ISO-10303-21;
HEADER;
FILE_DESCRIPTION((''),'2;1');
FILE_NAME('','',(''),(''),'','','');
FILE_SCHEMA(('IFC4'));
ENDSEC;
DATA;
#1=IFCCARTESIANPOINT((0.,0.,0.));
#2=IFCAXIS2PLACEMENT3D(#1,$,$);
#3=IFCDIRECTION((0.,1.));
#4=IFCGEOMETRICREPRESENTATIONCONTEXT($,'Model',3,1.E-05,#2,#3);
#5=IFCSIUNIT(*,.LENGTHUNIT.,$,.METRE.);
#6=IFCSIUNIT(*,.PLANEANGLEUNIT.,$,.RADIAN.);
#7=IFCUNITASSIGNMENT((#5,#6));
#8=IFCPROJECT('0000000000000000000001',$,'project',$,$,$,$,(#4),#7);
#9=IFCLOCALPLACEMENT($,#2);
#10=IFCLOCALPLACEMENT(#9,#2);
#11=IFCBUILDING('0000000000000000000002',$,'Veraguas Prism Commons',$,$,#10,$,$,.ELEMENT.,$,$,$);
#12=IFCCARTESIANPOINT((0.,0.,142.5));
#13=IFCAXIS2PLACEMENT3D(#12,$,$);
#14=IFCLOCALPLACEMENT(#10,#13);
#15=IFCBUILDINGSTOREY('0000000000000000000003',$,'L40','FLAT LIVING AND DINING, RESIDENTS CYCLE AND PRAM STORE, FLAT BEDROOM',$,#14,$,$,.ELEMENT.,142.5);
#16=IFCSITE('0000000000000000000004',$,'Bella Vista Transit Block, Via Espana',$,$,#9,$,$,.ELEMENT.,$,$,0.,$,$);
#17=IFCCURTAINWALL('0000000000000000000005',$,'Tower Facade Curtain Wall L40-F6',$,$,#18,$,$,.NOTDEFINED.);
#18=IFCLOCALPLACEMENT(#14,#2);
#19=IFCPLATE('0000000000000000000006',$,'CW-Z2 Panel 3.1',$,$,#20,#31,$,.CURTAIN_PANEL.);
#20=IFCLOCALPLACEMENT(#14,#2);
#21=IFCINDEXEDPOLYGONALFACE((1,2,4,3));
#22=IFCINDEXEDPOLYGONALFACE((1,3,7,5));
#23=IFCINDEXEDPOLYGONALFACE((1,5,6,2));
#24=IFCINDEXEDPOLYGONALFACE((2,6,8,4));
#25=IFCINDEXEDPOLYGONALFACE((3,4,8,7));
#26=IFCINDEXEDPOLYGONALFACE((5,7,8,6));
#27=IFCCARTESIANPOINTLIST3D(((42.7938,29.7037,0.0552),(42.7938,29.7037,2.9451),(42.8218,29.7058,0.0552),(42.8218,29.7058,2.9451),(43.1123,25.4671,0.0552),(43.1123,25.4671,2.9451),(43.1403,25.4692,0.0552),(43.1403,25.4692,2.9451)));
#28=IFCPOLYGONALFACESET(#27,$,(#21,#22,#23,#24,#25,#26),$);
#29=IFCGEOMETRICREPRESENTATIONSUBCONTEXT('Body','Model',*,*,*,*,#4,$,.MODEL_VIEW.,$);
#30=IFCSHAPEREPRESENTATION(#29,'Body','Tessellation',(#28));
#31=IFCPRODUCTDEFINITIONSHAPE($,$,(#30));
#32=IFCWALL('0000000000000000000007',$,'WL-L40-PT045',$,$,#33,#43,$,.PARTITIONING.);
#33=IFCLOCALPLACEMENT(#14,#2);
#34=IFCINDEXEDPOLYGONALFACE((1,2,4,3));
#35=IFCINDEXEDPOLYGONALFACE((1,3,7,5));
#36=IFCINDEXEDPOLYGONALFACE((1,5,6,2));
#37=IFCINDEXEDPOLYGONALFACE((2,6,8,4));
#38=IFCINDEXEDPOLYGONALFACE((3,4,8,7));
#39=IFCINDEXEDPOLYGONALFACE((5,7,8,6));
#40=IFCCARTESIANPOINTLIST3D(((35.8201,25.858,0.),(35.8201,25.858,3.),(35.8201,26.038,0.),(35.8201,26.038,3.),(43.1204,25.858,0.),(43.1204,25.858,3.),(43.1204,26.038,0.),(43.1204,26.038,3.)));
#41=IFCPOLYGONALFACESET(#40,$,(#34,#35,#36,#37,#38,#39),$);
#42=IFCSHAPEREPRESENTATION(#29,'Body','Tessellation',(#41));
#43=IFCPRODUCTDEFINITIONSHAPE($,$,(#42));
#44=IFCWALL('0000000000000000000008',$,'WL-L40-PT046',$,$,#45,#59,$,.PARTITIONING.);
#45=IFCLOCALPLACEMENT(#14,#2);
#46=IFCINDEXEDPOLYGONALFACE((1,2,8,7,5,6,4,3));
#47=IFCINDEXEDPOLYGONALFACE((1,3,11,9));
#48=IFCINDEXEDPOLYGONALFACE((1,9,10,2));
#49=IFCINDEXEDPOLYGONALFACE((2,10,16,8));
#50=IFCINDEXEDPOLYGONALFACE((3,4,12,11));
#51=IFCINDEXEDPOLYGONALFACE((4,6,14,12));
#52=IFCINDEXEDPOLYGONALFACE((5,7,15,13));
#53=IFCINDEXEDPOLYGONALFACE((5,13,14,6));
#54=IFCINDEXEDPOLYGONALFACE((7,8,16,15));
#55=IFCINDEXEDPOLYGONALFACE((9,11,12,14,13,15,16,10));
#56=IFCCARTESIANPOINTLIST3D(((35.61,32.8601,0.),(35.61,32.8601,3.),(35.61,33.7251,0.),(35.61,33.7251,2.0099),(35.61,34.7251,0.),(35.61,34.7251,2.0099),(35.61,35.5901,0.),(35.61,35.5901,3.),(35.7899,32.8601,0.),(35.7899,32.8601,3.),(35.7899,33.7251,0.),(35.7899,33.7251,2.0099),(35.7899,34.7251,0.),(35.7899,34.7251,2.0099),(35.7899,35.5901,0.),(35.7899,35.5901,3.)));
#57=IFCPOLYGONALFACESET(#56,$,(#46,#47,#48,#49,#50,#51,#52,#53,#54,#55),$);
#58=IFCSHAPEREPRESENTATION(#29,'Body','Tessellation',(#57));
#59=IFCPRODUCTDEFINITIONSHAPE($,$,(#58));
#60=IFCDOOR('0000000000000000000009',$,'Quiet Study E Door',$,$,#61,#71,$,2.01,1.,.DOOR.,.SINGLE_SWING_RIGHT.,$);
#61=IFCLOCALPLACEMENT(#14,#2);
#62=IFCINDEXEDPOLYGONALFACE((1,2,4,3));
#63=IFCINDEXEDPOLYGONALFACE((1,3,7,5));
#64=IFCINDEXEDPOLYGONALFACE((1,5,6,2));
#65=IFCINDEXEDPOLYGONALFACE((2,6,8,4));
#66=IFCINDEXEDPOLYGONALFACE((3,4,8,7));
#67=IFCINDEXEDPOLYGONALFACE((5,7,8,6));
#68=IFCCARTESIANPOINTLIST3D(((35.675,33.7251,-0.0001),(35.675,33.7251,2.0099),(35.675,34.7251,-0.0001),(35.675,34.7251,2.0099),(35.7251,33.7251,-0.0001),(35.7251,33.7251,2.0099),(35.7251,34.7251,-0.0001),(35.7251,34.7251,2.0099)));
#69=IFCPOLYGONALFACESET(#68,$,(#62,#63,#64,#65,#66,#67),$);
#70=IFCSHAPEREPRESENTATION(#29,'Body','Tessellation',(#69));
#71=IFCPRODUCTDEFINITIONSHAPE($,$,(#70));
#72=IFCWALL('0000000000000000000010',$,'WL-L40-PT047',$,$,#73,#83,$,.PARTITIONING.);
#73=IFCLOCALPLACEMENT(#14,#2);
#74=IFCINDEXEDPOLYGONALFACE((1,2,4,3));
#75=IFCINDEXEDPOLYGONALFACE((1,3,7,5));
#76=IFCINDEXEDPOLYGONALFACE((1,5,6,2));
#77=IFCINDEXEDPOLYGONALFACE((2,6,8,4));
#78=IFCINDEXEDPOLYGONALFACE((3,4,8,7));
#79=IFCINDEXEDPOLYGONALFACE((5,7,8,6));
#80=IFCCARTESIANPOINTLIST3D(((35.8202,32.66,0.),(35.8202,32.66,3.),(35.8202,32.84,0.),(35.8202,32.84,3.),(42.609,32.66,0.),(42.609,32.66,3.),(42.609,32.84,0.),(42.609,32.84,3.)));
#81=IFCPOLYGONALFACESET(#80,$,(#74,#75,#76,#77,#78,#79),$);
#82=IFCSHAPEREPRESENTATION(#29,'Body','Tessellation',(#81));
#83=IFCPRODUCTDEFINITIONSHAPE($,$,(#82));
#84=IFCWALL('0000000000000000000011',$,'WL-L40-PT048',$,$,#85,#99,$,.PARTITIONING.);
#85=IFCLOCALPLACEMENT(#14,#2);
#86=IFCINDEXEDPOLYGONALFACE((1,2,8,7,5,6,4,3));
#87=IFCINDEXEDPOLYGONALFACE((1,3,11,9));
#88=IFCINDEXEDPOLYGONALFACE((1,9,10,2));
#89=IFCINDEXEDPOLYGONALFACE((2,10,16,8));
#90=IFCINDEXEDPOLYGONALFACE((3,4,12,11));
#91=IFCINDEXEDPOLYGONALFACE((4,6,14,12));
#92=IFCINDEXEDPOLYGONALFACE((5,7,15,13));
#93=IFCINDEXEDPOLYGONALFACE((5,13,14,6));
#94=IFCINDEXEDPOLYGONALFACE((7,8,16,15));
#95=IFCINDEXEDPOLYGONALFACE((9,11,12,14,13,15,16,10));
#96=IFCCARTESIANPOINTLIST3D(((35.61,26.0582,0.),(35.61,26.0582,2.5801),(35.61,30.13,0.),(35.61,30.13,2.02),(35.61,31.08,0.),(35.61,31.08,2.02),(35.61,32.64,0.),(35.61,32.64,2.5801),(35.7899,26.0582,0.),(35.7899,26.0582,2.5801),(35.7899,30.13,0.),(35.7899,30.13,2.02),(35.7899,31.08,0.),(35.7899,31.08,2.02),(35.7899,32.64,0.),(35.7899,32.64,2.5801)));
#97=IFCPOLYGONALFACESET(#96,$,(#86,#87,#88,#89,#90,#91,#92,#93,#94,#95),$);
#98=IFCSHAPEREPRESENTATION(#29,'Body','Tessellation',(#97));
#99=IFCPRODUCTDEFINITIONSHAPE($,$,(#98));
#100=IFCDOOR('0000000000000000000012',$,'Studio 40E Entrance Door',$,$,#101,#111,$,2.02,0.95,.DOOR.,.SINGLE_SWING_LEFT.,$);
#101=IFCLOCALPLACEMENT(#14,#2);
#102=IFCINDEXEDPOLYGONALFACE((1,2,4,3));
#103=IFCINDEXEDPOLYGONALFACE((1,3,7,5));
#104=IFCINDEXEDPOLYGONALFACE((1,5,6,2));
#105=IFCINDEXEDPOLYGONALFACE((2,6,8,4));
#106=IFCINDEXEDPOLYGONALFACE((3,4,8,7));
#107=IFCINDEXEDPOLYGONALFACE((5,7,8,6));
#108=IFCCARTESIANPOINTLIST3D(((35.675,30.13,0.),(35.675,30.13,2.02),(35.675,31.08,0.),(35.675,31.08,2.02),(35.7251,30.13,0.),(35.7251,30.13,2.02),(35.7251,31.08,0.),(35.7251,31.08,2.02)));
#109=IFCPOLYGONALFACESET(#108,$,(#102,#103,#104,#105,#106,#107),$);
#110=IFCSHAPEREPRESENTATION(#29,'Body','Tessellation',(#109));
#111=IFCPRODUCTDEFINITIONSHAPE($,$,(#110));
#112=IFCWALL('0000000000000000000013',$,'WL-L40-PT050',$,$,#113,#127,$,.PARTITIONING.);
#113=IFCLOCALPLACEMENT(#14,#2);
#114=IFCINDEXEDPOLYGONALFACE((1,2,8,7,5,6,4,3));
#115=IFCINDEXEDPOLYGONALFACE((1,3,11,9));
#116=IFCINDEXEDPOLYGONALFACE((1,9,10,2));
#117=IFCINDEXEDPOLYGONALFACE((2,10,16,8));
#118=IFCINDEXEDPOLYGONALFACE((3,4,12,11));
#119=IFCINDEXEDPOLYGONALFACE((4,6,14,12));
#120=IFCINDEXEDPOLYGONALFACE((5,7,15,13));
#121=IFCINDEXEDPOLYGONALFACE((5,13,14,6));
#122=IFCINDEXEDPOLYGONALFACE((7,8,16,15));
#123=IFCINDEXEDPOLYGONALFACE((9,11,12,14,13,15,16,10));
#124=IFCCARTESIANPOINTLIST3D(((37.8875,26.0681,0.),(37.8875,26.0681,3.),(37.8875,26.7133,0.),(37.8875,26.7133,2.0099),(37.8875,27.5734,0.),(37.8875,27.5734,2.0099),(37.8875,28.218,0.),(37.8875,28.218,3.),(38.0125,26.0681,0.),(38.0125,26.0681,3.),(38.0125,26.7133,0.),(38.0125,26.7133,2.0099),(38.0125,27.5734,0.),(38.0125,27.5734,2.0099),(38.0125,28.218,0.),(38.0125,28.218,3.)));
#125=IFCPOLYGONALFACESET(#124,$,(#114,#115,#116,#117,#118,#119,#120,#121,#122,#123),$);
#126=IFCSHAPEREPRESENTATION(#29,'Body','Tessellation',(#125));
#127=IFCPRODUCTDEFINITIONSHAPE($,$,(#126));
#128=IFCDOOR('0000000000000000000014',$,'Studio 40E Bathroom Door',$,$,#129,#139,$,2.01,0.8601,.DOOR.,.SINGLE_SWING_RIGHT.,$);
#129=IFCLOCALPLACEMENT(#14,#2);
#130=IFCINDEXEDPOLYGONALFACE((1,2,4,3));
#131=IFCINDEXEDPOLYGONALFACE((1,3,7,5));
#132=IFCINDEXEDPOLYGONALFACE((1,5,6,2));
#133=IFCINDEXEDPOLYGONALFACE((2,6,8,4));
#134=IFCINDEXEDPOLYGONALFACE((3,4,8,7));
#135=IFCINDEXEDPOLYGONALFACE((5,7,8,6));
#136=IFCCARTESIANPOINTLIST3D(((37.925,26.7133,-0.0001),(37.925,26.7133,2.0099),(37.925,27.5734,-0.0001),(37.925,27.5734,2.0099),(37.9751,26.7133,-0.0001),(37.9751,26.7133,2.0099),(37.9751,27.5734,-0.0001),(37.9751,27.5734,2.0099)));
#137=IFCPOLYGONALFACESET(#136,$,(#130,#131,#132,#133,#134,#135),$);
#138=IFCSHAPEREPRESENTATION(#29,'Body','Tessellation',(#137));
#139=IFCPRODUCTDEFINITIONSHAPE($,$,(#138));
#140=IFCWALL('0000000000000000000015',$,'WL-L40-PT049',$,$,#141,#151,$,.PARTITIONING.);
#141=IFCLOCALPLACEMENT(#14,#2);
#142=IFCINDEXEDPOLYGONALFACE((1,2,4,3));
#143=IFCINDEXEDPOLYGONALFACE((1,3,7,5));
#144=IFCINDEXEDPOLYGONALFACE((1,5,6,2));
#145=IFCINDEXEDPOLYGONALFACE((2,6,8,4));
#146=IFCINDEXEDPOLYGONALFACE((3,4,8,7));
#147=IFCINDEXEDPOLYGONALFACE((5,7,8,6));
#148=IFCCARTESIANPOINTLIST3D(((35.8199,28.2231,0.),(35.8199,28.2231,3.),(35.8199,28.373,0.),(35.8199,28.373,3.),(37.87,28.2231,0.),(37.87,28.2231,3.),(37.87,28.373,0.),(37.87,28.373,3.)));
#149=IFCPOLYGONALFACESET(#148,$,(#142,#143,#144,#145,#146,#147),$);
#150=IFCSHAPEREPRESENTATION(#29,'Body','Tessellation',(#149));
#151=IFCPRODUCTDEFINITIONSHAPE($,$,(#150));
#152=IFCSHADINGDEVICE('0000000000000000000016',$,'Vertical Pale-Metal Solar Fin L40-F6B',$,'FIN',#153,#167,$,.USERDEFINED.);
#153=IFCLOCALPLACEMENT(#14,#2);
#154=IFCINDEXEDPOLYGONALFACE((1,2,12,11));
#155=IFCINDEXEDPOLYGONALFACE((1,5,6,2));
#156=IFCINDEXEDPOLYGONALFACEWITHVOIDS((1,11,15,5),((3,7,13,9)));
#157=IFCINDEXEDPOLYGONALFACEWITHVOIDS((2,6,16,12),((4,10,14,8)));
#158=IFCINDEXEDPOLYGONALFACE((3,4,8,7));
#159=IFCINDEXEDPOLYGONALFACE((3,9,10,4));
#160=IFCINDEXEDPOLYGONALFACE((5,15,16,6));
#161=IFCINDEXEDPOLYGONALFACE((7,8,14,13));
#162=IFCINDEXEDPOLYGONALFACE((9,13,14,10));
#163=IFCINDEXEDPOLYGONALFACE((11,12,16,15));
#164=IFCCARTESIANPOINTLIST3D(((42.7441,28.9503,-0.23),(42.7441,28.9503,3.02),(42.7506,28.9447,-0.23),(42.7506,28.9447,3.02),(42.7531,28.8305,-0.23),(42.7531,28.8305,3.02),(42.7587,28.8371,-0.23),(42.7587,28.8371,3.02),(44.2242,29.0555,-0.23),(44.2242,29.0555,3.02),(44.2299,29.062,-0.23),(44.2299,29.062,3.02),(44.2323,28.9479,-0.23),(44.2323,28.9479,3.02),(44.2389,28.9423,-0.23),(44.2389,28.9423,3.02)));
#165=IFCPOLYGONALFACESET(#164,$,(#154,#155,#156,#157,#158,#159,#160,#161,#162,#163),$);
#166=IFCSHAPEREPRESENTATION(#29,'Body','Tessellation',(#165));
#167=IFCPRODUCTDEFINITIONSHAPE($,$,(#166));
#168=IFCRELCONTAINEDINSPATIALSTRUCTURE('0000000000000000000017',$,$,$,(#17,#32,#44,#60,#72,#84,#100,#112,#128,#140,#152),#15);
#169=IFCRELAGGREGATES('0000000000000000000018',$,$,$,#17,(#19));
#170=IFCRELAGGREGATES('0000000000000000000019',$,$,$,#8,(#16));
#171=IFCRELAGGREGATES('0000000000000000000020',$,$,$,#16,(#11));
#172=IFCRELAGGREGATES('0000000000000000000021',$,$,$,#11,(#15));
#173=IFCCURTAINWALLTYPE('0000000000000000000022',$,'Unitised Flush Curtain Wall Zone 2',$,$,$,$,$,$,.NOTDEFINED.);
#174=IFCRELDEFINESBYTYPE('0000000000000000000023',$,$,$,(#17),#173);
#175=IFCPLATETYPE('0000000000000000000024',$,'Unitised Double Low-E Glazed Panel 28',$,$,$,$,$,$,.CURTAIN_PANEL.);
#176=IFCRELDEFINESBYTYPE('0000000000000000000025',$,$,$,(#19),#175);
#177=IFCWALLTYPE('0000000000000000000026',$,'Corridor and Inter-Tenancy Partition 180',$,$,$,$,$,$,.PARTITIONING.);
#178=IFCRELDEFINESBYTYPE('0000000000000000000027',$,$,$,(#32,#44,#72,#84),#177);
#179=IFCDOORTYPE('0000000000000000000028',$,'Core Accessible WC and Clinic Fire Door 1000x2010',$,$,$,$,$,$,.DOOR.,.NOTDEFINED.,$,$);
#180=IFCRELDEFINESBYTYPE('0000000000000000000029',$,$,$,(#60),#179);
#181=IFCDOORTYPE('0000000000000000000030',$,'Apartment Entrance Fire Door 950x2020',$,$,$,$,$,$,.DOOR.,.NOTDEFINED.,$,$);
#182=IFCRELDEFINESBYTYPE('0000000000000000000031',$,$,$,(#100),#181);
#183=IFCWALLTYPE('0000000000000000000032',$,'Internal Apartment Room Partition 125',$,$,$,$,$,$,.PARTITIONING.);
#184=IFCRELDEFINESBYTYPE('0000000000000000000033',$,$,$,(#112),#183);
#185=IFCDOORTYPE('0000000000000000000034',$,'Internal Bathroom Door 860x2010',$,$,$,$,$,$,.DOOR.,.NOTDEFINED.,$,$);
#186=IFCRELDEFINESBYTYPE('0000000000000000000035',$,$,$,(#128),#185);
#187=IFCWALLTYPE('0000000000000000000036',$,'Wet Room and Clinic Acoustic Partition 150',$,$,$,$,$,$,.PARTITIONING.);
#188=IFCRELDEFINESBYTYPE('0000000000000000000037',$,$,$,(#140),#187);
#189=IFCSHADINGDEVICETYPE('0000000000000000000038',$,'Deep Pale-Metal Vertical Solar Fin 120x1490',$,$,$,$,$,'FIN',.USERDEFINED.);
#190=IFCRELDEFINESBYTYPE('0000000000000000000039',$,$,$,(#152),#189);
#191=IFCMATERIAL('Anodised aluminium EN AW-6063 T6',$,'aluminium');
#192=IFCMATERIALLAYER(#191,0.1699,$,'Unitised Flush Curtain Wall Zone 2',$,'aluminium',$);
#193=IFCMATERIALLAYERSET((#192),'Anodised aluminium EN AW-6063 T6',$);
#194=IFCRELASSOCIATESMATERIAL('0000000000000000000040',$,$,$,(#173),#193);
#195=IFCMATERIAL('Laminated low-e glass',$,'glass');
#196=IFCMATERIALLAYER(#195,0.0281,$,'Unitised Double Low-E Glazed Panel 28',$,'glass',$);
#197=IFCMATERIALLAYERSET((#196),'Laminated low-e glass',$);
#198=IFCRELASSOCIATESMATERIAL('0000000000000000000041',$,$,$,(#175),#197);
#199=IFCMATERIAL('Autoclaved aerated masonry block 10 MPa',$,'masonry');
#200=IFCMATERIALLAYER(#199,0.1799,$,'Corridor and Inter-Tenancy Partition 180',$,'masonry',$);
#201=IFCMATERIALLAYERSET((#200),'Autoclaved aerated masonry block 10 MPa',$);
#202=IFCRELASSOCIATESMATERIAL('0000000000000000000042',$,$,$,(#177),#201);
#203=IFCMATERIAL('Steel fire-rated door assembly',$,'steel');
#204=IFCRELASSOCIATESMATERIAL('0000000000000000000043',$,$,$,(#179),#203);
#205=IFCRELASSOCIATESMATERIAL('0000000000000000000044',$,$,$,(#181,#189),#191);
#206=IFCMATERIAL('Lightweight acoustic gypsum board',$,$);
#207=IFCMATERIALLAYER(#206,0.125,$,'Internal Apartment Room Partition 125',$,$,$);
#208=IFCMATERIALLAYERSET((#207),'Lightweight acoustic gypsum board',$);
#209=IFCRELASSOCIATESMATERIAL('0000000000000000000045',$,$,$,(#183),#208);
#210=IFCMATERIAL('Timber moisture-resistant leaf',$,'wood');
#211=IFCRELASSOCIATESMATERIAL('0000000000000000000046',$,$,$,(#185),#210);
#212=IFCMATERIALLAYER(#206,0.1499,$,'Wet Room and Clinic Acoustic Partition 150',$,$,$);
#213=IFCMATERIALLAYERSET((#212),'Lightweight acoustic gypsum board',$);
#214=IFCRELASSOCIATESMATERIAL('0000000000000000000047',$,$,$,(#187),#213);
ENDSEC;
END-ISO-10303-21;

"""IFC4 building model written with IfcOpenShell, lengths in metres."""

from ifc_helpers import new_model, si_unit, direction, frame, frame_2d, origin, origin_2d, place, context, subcontext, project, spatial, rectangle, hollow_rectangle, extrude, source, transform, mapped, material, layer, layer_set, material_profile, profile_set, type_object, element, fill, aggregate, save


model = new_model("IFC4")

# Units and contexts
model_context = context("Model", 3, precision=1e-05, world=origin(), true_north=direction((0.0, 1.0)))
body_context = subcontext(model_context, "Body", "Model", "MODEL_VIEW")
ifc_project = project(units=[si_unit("LENGTHUNIT", "METRE"), si_unit("PLANEANGLEUNIT", "RADIAN")], contexts=[model_context])

# Site, building, storey
site_placement = place(None, origin())
site = spatial("IfcSite", under=ifc_project, at=site_placement, Name="Bella Vista Transit Block, Via Espana", CompositionType="ELEMENT", RefElevation=0.0)
building_placement = place(site_placement, origin())
building = spatial("IfcBuilding", under=site, at=building_placement, Name="Veraguas Prism Commons", CompositionType="ELEMENT")
storey_placement = place(building_placement, frame((0.0, 0.0, 142.5)))
storey = spatial("IfcBuildingStorey", under=building, at=storey_placement, Name="L40", Description="FLAT LIVING AND DINING, RESIDENTS CYCLE AND PRAM STORE, FLAT BEDROOM", CompositionType="ELEMENT", Elevation=142.5)

# Curtain wall, plate
ifc_material_1 = material(Name="Anodised aluminium EN AW-6063 T6", Category="aluminium")
ifc_layer_1 = layer(ifc_material_1, 0.1699, Name="Unitised Flush Curtain Wall Zone 2", Category="aluminium")
ifc_layer_set_1 = layer_set([ifc_layer_1], Name="Anodised aluminium EN AW-6063 T6")
curtain_wall_type = type_object("IfcCurtainWallType", Name="Unitised Flush Curtain Wall Zone 2", PredefinedType="NOTDEFINED", material=ifc_layer_set_1)
curtain_wall_placement = place(storey_placement, origin())
curtain_wall = element("IfcCurtainWall", 1, at=curtain_wall_placement, inside=storey, type_object=curtain_wall_type, Name="Tower Facade Curtain Wall L40-F6", PredefinedType="NOTDEFINED")
ifc_material_2 = material(Name="Laminated low-e glass", Category="glass")
ifc_layer_2 = layer(ifc_material_2, 0.0281, Name="Unitised Double Low-E Glazed Panel 28", Category="glass")
ifc_layer_set_2 = layer_set([ifc_layer_2], Name="Laminated low-e glass")
plate_type = type_object("IfcPlateType", Name="Unitised Double Low-E Glazed Panel 28", PredefinedType="CURTAIN_PANEL", material=ifc_layer_set_2)
shared_shape_1 = source(origin(), body_context, "Body", "SweptSolid", [
    extrude(rectangle(XDim=4.2485, YDim=0.0281, at=origin_2d()), origin(), (0.0, 0.0, 1.0), 2.8899),
])
plate_1_placement = place(storey_placement, frame((42.967, 27.5864, 0.0552), z_axis=(0.0, 0.0, 1.0), x_axis=(-0.074979, 0.997185, 0.0)))
plate_1 = element("IfcPlate", 2, at=plate_1_placement, type_object=plate_type, Name="CW-Z2 Panel 3.1", PredefinedType="CURTAIN_PANEL", context=body_context, shape_type="MappedRepresentation", body=[
    mapped(shared_shape_1, transform((0.0, 0.0, 0.0), scale=1.0)),
])
aggregate(curtain_wall, [plate_1])

# Wall
ifc_material_3 = material(Name="Autoclaved aerated masonry block 10 MPa", Category="masonry")
ifc_layer_3 = layer(ifc_material_3, 0.1799, Name="Corridor and Inter-Tenancy Partition 180", Category="masonry")
ifc_layer_set_3 = layer_set([ifc_layer_3], Name="Autoclaved aerated masonry block 10 MPa")
wall_type_1 = type_object("IfcWallType", Name="Corridor and Inter-Tenancy Partition 180", PredefinedType="PARTITIONING", material=ifc_layer_set_3)
wall_1_placement = place(storey_placement, frame((35.8201, 25.948, 0.0), z_axis=(0.0, 0.0, 1.0), x_axis=(1.0, 0.0, 0.0)))
element("IfcWall", 3, at=wall_1_placement, inside=storey, type_object=wall_type_1, Name="WL-L40-PT045", PredefinedType="PARTITIONING", context=body_context, shape_type="SweptSolid", body=[
    extrude(rectangle(XDim=7.3003, YDim=0.1799, at=frame_2d((3.6501, 0.0))), origin(), (0.0, 0.0, 1.0), 3.0),
])

# Wall, opening, door
wall_2_placement = place(storey_placement, frame((35.7, 32.8601, 0.0), z_axis=(0.0, 0.0, 1.0), x_axis=(0.0, 1.0, 0.0)))
wall_2 = element("IfcWall", 4, at=wall_2_placement, inside=storey, type_object=wall_type_1, Name="WL-L40-PT046", PredefinedType="PARTITIONING", context=body_context, shape_type="SweptSolid", body=[
    extrude(rectangle(XDim=2.73, YDim=0.1799, at=frame_2d((1.365, 0.0))), origin(), (0.0, 0.0, 1.0), 3.0),
])
opening_1_placement = place(wall_2_placement, frame((0.865, 0.0, 0.0)))
opening_1 = element("IfcOpeningElement", 5, at=opening_1_placement, cuts=wall_2, PredefinedType="OPENING", context=body_context, shape_type="SweptSolid", body=[
    extrude(rectangle(XDim=1.0, YDim=2.01, at=frame_2d((0.5, 1.0049))), frame((0.0, 0.0999, 0.0), z_axis=(0.0, -1.0, 0.0), x_axis=(1.0, 0.0, 0.0)), (0.0, 0.0, 1.0), 0.2),
])
ifc_material_4 = material(Name="Steel fire-rated door assembly", Category="steel")
door_type_1 = type_object("IfcDoorType", Name="Core Accessible WC and Clinic Fire Door 1000x2010", OperationType="NOTDEFINED", PredefinedType="DOOR", material=ifc_material_4)
shared_shape_2 = source(origin(), body_context, "Body", "SweptSolid", [
    extrude(rectangle(XDim=1.0, YDim=2.01, at=frame_2d((0.5, 1.0049))), frame((0.0, 0.0249, 0.0), z_axis=(0.0, -1.0, 0.0), x_axis=(1.0, 0.0, 0.0)), (0.0, 0.0, 1.0), 0.05),
])
door_1_placement = place(opening_1_placement, origin())
door_1 = element("IfcDoor", 6, at=door_1_placement, inside=storey, type_object=door_type_1, Name="Quiet Study E Door", OperationType="SINGLE_SWING_RIGHT", OverallHeight=2.01, OverallWidth=1.0, PredefinedType="DOOR", context=body_context, shape_type="MappedRepresentation", body=[
    mapped(shared_shape_2, transform((0.0, 0.0, 0.0), scale=1.0)),
])
fill(opening_1, door_1)

# Wall
wall_3_placement = place(storey_placement, frame((35.8201, 32.75, 0.0), z_axis=(0.0, 0.0, 1.0), x_axis=(1.0, 0.0, 0.0)))
element("IfcWall", 7, at=wall_3_placement, inside=storey, type_object=wall_type_1, Name="WL-L40-PT047", PredefinedType="PARTITIONING", context=body_context, shape_type="SweptSolid", body=[
    extrude(rectangle(XDim=6.7888, YDim=0.1799, at=frame_2d((3.3945, 0.0))), origin(), (0.0, 0.0, 1.0), 3.0),
])

# Walls, openings, doors
wall_4_placement = place(storey_placement, frame((35.7, 26.0581, 0.0), z_axis=(0.0, 0.0, 1.0), x_axis=(0.0, 1.0, 0.0)))
wall_4 = element("IfcWall", 8, at=wall_4_placement, inside=storey, type_object=wall_type_1, Name="WL-L40-PT048", PredefinedType="PARTITIONING", context=body_context, shape_type="SweptSolid", body=[
    extrude(rectangle(XDim=6.5818, YDim=0.1799, at=frame_2d((3.291, 0.0))), origin(), (0.0, 0.0, 1.0), 2.5801),
])
opening_2_placement = place(wall_4_placement, frame((4.0718, 0.0, 0.0)))
opening_2 = element("IfcOpeningElement", 9, at=opening_2_placement, cuts=wall_4, PredefinedType="OPENING", context=body_context, shape_type="SweptSolid", body=[
    extrude(rectangle(XDim=0.95, YDim=2.02, at=frame_2d((0.4751, 1.01))), frame((0.0, 0.0999, 0.0), z_axis=(0.0, -1.0, 0.0), x_axis=(1.0, 0.0, 0.0)), (0.0, 0.0, 1.0), 0.2),
])
door_type_2 = type_object("IfcDoorType", Name="Apartment Entrance Fire Door 950x2020", OperationType="NOTDEFINED", PredefinedType="DOOR", material=ifc_material_1)
shared_shape_3 = source(origin(), body_context, "Body", "SweptSolid", [
    extrude(rectangle(XDim=0.95, YDim=2.02, at=frame_2d((0.4751, 1.01))), frame((0.0, 0.0249, 0.0), z_axis=(0.0, -1.0, 0.0), x_axis=(1.0, 0.0, 0.0)), (0.0, 0.0, 1.0), 0.05),
])
door_2_placement = place(opening_2_placement, origin())
door_2 = element("IfcDoor", 10, at=door_2_placement, inside=storey, type_object=door_type_2, Name="Studio 40E Entrance Door", OperationType="SINGLE_SWING_LEFT", OverallHeight=2.02, OverallWidth=0.95, PredefinedType="DOOR", context=body_context, shape_type="MappedRepresentation", body=[
    mapped(shared_shape_3, transform((0.0, 0.0, 0.0), scale=1.0)),
])
fill(opening_2, door_2)
ifc_material_5 = material(Name="Lightweight acoustic gypsum board")
ifc_layer_4 = layer(ifc_material_5, 0.125, Name="Internal Apartment Room Partition 125")
ifc_layer_set_4 = layer_set([ifc_layer_4], Name="Lightweight acoustic gypsum board")
wall_type_2 = type_object("IfcWallType", Name="Internal Apartment Room Partition 125", PredefinedType="PARTITIONING", material=ifc_layer_set_4)
wall_5_placement = place(storey_placement, frame((37.95, 26.0681, 0.0), z_axis=(0.0, 0.0, 1.0), x_axis=(0.0, 1.0, 0.0)))
wall_5 = element("IfcWall", 11, at=wall_5_placement, inside=storey, type_object=wall_type_2, Name="WL-L40-PT050", PredefinedType="PARTITIONING", context=body_context, shape_type="SweptSolid", body=[
    extrude(rectangle(XDim=2.1499, YDim=0.125, at=frame_2d((1.075, 0.0))), origin(), (0.0, 0.0, 1.0), 3.0),
])
opening_3_placement = place(wall_5_placement, frame((0.645, 0.0, 0.0)))
opening_3 = element("IfcOpeningElement", 12, at=opening_3_placement, cuts=wall_5, PredefinedType="OPENING", context=body_context, shape_type="SweptSolid", body=[
    extrude(rectangle(XDim=0.8601, YDim=2.01, at=frame_2d((0.4302, 1.0049))), frame((0.0, 0.0725, 0.0), z_axis=(0.0, -1.0, 0.0), x_axis=(1.0, 0.0, 0.0)), (0.0, 0.0, 1.0), 0.145),
])
ifc_material_6 = material(Name="Timber moisture-resistant leaf", Category="wood")
door_type_3 = type_object("IfcDoorType", Name="Internal Bathroom Door 860x2010", OperationType="NOTDEFINED", PredefinedType="DOOR", material=ifc_material_6)
shared_shape_4 = source(origin(), body_context, "Body", "SweptSolid", [
    extrude(rectangle(XDim=0.8601, YDim=2.01, at=frame_2d((0.4302, 1.0049))), frame((0.0, 0.0249, 0.0), z_axis=(0.0, -1.0, 0.0), x_axis=(1.0, 0.0, 0.0)), (0.0, 0.0, 1.0), 0.05),
])
door_3_placement = place(opening_3_placement, origin())
door_3 = element("IfcDoor", 13, at=door_3_placement, inside=storey, type_object=door_type_3, Name="Studio 40E Bathroom Door", OperationType="SINGLE_SWING_RIGHT", OverallHeight=2.01, OverallWidth=0.8601, PredefinedType="DOOR", context=body_context, shape_type="MappedRepresentation", body=[
    mapped(shared_shape_4, transform((0.0, 0.0, 0.0), scale=1.0)),
])
fill(opening_3, door_3)

# Wall
ifc_layer_5 = layer(ifc_material_5, 0.1499, Name="Wet Room and Clinic Acoustic Partition 150")
ifc_layer_set_5 = layer_set([ifc_layer_5], Name="Lightweight acoustic gypsum board")
wall_type_3 = type_object("IfcWallType", Name="Wet Room and Clinic Acoustic Partition 150", PredefinedType="PARTITIONING", material=ifc_layer_set_5)
wall_6_placement = place(storey_placement, frame((35.8201, 28.2981, 0.0), z_axis=(0.0, 0.0, 1.0), x_axis=(1.0, 0.0, 0.0)))
element("IfcWall", 14, at=wall_6_placement, inside=storey, type_object=wall_type_3, Name="WL-L40-PT049", PredefinedType="PARTITIONING", context=body_context, shape_type="SweptSolid", body=[
    extrude(rectangle(XDim=2.05, YDim=0.1499, at=frame_2d((1.0249, 0.0))), origin(), (0.0, 0.0, 1.0), 3.0),
])

# Shading device
ifc_material_profile_1 = material_profile(ifc_material_1, hollow_rectangle(XDim=0.1201, YDim=1.49, WallThickness=0.0061, at=origin_2d()), Name="FIN120X1490X6")
ifc_profile_set_1 = profile_set([ifc_material_profile_1], Name="Anodised aluminium EN AW-6063 T6")
shading_device_type = type_object("IfcShadingDeviceType", Name="Deep Pale-Metal Vertical Solar Fin 120x1490", ElementType="FIN", PredefinedType="USERDEFINED", material=ifc_profile_set_1)
shading_device_placement = place(storey_placement, frame((43.4915, 28.9463, -0.23), z_axis=(0.0, 0.0, 1.0), x_axis=(-0.074979, 0.997185, 0.0)))
element("IfcShadingDevice", 15, at=shading_device_placement, inside=storey, type_object=shading_device_type, Name="Vertical Pale-Metal Solar Fin L40-F6B", ObjectType="FIN", PredefinedType="USERDEFINED", context=body_context, shape_type="SweptSolid", body=[
    extrude(hollow_rectangle(XDim=0.1201, YDim=1.49, WallThickness=0.0061, at=origin_2d()), origin(), (0.0, 0.0, 1.0), 3.25),
])

save(model, "model.ifc")
